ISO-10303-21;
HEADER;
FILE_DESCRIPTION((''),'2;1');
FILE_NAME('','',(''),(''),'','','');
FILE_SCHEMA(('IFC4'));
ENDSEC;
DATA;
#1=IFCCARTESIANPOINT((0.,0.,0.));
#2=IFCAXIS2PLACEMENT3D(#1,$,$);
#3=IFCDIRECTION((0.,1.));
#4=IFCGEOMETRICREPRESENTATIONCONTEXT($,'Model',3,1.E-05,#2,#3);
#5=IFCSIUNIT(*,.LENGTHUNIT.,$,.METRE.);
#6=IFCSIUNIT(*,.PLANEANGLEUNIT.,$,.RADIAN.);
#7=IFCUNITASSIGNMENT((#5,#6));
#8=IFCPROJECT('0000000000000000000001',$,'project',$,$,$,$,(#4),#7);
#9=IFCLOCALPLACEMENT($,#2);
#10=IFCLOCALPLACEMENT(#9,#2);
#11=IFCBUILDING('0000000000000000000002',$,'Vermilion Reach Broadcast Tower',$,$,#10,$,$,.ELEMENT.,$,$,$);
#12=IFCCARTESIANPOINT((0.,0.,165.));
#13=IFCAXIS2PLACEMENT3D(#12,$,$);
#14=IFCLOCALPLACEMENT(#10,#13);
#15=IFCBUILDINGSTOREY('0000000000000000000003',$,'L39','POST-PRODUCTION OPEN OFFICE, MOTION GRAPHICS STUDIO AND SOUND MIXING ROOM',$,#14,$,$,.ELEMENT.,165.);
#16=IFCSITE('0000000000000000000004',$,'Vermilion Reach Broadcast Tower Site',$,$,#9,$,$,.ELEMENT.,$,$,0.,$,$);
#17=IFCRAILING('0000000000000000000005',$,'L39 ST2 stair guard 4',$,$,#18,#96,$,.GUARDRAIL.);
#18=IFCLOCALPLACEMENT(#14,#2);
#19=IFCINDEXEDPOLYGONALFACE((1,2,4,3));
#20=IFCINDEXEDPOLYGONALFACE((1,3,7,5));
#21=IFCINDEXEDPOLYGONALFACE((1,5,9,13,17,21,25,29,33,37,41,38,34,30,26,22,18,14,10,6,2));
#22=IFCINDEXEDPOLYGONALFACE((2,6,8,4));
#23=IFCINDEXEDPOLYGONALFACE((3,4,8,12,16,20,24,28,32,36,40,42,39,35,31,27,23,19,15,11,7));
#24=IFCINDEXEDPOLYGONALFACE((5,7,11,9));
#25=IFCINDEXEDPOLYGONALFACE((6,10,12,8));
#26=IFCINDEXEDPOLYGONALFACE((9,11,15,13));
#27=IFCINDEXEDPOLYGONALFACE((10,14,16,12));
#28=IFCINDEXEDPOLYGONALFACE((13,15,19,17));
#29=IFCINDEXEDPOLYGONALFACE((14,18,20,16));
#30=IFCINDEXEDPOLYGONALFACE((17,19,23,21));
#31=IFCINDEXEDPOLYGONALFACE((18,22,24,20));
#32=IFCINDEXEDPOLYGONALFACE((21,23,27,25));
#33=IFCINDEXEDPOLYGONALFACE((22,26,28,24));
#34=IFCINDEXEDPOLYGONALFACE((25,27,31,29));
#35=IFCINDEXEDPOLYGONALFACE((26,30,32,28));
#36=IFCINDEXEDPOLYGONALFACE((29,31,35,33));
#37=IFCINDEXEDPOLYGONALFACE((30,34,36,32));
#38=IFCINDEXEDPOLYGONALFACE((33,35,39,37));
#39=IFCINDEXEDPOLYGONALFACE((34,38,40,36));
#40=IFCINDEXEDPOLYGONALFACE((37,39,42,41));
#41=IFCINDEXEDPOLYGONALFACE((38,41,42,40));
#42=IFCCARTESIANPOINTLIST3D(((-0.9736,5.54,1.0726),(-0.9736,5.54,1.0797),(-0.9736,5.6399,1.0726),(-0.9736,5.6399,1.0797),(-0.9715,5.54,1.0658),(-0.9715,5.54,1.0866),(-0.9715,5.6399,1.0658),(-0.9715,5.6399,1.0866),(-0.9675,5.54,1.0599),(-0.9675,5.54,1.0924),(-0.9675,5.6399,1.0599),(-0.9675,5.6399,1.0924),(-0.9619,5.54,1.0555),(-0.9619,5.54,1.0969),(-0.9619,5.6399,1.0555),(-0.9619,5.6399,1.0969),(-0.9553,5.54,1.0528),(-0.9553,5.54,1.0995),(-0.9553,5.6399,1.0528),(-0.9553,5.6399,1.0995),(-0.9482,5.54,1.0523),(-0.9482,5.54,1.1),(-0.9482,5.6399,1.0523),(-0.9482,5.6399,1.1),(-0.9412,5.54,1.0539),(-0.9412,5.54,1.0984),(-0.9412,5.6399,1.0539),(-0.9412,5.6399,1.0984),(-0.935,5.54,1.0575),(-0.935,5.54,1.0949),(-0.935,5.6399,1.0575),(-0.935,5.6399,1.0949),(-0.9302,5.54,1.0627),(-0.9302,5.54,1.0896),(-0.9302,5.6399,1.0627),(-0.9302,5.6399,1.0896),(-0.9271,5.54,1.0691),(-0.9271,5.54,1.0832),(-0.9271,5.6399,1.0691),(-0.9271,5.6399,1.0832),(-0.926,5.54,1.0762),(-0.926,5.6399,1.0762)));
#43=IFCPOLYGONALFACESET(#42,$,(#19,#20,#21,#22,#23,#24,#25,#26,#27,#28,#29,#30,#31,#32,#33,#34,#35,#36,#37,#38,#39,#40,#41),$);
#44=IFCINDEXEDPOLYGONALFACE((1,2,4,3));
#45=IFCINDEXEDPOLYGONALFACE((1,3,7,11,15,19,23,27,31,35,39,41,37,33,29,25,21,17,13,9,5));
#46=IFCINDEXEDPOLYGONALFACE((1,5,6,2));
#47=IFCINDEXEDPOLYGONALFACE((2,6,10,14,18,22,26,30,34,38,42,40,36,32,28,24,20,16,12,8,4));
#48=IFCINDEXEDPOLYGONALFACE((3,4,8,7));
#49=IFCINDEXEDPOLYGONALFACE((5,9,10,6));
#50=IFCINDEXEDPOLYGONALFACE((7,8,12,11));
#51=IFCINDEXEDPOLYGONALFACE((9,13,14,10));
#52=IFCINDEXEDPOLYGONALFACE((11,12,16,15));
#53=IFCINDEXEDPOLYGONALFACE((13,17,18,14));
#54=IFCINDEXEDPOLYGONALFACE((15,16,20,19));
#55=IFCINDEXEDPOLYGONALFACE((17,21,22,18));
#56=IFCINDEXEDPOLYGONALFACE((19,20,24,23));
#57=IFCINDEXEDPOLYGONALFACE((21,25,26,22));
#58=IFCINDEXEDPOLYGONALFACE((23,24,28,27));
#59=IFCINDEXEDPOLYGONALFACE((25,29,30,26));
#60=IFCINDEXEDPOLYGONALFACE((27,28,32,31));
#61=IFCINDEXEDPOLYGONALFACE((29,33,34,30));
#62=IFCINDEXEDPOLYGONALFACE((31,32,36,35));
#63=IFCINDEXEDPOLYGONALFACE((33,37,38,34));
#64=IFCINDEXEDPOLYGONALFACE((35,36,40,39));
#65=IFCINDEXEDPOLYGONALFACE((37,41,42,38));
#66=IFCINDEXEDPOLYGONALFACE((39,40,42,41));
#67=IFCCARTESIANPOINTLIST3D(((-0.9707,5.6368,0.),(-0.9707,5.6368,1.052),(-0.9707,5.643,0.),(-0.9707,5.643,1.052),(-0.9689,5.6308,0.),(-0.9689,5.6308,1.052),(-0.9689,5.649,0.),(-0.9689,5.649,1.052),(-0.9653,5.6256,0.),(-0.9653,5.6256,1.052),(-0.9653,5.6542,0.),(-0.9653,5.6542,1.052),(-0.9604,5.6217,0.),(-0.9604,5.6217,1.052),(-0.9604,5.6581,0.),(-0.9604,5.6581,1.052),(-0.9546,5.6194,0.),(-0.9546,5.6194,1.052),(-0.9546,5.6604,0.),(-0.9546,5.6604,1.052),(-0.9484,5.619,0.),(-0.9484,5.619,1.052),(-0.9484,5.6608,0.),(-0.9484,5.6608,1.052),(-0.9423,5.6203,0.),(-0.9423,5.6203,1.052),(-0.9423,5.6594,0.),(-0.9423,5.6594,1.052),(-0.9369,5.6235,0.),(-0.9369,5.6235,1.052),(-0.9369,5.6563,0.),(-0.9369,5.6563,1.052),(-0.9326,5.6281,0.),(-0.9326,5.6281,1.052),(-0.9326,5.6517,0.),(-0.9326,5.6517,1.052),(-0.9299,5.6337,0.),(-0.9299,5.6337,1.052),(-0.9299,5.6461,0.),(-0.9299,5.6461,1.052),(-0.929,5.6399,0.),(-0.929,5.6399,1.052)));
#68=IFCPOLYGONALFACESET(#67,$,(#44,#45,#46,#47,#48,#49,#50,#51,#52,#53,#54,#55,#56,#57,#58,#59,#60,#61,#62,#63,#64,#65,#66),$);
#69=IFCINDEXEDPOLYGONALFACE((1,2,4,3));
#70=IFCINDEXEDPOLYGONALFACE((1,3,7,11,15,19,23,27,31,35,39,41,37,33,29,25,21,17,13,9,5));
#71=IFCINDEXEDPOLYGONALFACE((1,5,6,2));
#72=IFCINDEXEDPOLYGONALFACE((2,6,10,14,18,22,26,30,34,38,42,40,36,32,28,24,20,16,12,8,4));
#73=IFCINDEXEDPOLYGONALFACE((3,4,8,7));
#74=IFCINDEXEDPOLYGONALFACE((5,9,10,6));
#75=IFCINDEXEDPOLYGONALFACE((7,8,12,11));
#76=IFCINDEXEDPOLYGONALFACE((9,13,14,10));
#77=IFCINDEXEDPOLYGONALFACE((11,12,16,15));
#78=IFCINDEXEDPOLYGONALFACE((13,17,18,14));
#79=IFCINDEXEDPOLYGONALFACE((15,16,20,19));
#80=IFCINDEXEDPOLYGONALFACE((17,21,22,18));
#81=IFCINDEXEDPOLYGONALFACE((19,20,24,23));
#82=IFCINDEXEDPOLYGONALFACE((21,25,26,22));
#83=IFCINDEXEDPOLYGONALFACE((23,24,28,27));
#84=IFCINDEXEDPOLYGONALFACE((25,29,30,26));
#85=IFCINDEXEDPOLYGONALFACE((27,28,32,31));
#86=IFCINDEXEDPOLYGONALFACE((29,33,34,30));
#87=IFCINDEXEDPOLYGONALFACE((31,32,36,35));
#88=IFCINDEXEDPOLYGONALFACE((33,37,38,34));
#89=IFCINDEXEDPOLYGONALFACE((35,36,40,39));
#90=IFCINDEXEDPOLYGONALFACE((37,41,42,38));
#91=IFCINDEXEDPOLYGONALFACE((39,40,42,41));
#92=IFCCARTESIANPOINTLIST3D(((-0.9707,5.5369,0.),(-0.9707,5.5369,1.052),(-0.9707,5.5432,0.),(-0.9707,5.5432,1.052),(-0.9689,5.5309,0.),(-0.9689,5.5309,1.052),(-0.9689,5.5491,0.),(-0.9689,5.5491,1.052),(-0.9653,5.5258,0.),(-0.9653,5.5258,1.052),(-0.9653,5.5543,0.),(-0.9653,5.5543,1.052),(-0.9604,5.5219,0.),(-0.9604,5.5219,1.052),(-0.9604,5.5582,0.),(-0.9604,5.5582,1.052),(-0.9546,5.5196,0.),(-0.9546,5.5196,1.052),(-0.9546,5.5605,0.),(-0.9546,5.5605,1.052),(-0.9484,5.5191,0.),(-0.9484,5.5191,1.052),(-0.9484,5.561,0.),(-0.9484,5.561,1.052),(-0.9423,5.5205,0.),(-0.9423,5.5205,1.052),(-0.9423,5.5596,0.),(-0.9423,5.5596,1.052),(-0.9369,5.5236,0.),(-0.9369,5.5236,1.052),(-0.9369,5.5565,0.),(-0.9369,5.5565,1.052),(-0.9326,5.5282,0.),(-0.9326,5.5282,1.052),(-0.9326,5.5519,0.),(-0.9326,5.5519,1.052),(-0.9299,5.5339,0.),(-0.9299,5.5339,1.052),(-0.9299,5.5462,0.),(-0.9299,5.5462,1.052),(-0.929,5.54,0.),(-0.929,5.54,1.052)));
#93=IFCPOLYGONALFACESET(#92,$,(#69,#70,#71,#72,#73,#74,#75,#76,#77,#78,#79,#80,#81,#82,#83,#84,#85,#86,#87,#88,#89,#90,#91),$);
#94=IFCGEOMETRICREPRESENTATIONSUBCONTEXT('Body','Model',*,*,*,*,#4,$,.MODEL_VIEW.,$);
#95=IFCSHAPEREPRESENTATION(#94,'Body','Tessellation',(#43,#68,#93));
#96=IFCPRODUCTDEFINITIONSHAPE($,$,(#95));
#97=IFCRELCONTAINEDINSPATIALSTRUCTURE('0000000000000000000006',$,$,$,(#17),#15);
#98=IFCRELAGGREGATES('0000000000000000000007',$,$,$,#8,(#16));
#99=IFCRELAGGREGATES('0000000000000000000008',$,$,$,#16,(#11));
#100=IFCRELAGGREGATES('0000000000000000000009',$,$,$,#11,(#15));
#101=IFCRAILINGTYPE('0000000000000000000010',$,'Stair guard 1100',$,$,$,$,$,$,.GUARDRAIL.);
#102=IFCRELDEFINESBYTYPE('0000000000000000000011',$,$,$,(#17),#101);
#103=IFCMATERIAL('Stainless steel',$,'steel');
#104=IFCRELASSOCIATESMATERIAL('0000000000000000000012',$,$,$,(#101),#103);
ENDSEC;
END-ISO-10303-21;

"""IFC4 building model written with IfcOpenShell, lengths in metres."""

from ifc_helpers import new_model, si_unit, direction, frame, origin, origin_2d, place, context, subcontext, project, spatial, circle, extrude, material, type_object, element, save


model = new_model("IFC4")

# Units and contexts
model_context = context("Model", 3, precision=1e-05, world=origin(), true_north=direction((0.0, 1.0)))
body_context = subcontext(model_context, "Body", "Model", "MODEL_VIEW")
ifc_project = project(units=[si_unit("LENGTHUNIT", "METRE"), si_unit("PLANEANGLEUNIT", "RADIAN")], contexts=[model_context])

# Site, building, storey
site_placement = place(None, origin())
site = spatial("IfcSite", under=ifc_project, at=site_placement, Name="Vermilion Reach Broadcast Tower Site", CompositionType="ELEMENT", RefElevation=0.0)
building_placement = place(site_placement, origin())
building = spatial("IfcBuilding", under=site, at=building_placement, Name="Vermilion Reach Broadcast Tower", CompositionType="ELEMENT")
storey_placement = place(building_placement, frame((0.0, 0.0, 165.0)))
storey = spatial("IfcBuildingStorey", under=building, at=storey_placement, Name="L39", Description="POST-PRODUCTION OPEN OFFICE, MOTION GRAPHICS STUDIO AND SOUND MIXING ROOM", CompositionType="ELEMENT", Elevation=165.0)

# Railing
ifc_material_1 = material(Name="Stainless steel", Category="steel")
railing_type_1 = type_object("IfcRailingType", Name="Stair guard 1100", PredefinedType="GUARDRAIL", material=ifc_material_1)
railing_1_placement = place(storey_placement, frame((-0.95, 5.6399, 0.0)))
element("IfcRailing", 1, at=railing_1_placement, inside=storey, type_object=railing_type_1, Name="L39 ST2 stair guard 4", PredefinedType="GUARDRAIL", context=body_context, shape_type="SweptSolid", body=[
    extrude(circle(Radius=0.0239, at=origin_2d()), frame((0.0, 0.0, 1.0762), z_axis=(0.0, -1.0, 0.0), x_axis=(1.0, 0.0, 0.0)), (0.0, 0.0, 1.0), 0.0999),
    extrude(circle(Radius=0.021, at=origin_2d()), origin(), (0.0, 0.0, 1.0), 1.052),
    extrude(circle(Radius=0.021, at=origin_2d()), frame((0.0, -0.0999, 0.0)), (0.0, 0.0, 1.0), 1.052),
])

save(model, "model.ifc")
